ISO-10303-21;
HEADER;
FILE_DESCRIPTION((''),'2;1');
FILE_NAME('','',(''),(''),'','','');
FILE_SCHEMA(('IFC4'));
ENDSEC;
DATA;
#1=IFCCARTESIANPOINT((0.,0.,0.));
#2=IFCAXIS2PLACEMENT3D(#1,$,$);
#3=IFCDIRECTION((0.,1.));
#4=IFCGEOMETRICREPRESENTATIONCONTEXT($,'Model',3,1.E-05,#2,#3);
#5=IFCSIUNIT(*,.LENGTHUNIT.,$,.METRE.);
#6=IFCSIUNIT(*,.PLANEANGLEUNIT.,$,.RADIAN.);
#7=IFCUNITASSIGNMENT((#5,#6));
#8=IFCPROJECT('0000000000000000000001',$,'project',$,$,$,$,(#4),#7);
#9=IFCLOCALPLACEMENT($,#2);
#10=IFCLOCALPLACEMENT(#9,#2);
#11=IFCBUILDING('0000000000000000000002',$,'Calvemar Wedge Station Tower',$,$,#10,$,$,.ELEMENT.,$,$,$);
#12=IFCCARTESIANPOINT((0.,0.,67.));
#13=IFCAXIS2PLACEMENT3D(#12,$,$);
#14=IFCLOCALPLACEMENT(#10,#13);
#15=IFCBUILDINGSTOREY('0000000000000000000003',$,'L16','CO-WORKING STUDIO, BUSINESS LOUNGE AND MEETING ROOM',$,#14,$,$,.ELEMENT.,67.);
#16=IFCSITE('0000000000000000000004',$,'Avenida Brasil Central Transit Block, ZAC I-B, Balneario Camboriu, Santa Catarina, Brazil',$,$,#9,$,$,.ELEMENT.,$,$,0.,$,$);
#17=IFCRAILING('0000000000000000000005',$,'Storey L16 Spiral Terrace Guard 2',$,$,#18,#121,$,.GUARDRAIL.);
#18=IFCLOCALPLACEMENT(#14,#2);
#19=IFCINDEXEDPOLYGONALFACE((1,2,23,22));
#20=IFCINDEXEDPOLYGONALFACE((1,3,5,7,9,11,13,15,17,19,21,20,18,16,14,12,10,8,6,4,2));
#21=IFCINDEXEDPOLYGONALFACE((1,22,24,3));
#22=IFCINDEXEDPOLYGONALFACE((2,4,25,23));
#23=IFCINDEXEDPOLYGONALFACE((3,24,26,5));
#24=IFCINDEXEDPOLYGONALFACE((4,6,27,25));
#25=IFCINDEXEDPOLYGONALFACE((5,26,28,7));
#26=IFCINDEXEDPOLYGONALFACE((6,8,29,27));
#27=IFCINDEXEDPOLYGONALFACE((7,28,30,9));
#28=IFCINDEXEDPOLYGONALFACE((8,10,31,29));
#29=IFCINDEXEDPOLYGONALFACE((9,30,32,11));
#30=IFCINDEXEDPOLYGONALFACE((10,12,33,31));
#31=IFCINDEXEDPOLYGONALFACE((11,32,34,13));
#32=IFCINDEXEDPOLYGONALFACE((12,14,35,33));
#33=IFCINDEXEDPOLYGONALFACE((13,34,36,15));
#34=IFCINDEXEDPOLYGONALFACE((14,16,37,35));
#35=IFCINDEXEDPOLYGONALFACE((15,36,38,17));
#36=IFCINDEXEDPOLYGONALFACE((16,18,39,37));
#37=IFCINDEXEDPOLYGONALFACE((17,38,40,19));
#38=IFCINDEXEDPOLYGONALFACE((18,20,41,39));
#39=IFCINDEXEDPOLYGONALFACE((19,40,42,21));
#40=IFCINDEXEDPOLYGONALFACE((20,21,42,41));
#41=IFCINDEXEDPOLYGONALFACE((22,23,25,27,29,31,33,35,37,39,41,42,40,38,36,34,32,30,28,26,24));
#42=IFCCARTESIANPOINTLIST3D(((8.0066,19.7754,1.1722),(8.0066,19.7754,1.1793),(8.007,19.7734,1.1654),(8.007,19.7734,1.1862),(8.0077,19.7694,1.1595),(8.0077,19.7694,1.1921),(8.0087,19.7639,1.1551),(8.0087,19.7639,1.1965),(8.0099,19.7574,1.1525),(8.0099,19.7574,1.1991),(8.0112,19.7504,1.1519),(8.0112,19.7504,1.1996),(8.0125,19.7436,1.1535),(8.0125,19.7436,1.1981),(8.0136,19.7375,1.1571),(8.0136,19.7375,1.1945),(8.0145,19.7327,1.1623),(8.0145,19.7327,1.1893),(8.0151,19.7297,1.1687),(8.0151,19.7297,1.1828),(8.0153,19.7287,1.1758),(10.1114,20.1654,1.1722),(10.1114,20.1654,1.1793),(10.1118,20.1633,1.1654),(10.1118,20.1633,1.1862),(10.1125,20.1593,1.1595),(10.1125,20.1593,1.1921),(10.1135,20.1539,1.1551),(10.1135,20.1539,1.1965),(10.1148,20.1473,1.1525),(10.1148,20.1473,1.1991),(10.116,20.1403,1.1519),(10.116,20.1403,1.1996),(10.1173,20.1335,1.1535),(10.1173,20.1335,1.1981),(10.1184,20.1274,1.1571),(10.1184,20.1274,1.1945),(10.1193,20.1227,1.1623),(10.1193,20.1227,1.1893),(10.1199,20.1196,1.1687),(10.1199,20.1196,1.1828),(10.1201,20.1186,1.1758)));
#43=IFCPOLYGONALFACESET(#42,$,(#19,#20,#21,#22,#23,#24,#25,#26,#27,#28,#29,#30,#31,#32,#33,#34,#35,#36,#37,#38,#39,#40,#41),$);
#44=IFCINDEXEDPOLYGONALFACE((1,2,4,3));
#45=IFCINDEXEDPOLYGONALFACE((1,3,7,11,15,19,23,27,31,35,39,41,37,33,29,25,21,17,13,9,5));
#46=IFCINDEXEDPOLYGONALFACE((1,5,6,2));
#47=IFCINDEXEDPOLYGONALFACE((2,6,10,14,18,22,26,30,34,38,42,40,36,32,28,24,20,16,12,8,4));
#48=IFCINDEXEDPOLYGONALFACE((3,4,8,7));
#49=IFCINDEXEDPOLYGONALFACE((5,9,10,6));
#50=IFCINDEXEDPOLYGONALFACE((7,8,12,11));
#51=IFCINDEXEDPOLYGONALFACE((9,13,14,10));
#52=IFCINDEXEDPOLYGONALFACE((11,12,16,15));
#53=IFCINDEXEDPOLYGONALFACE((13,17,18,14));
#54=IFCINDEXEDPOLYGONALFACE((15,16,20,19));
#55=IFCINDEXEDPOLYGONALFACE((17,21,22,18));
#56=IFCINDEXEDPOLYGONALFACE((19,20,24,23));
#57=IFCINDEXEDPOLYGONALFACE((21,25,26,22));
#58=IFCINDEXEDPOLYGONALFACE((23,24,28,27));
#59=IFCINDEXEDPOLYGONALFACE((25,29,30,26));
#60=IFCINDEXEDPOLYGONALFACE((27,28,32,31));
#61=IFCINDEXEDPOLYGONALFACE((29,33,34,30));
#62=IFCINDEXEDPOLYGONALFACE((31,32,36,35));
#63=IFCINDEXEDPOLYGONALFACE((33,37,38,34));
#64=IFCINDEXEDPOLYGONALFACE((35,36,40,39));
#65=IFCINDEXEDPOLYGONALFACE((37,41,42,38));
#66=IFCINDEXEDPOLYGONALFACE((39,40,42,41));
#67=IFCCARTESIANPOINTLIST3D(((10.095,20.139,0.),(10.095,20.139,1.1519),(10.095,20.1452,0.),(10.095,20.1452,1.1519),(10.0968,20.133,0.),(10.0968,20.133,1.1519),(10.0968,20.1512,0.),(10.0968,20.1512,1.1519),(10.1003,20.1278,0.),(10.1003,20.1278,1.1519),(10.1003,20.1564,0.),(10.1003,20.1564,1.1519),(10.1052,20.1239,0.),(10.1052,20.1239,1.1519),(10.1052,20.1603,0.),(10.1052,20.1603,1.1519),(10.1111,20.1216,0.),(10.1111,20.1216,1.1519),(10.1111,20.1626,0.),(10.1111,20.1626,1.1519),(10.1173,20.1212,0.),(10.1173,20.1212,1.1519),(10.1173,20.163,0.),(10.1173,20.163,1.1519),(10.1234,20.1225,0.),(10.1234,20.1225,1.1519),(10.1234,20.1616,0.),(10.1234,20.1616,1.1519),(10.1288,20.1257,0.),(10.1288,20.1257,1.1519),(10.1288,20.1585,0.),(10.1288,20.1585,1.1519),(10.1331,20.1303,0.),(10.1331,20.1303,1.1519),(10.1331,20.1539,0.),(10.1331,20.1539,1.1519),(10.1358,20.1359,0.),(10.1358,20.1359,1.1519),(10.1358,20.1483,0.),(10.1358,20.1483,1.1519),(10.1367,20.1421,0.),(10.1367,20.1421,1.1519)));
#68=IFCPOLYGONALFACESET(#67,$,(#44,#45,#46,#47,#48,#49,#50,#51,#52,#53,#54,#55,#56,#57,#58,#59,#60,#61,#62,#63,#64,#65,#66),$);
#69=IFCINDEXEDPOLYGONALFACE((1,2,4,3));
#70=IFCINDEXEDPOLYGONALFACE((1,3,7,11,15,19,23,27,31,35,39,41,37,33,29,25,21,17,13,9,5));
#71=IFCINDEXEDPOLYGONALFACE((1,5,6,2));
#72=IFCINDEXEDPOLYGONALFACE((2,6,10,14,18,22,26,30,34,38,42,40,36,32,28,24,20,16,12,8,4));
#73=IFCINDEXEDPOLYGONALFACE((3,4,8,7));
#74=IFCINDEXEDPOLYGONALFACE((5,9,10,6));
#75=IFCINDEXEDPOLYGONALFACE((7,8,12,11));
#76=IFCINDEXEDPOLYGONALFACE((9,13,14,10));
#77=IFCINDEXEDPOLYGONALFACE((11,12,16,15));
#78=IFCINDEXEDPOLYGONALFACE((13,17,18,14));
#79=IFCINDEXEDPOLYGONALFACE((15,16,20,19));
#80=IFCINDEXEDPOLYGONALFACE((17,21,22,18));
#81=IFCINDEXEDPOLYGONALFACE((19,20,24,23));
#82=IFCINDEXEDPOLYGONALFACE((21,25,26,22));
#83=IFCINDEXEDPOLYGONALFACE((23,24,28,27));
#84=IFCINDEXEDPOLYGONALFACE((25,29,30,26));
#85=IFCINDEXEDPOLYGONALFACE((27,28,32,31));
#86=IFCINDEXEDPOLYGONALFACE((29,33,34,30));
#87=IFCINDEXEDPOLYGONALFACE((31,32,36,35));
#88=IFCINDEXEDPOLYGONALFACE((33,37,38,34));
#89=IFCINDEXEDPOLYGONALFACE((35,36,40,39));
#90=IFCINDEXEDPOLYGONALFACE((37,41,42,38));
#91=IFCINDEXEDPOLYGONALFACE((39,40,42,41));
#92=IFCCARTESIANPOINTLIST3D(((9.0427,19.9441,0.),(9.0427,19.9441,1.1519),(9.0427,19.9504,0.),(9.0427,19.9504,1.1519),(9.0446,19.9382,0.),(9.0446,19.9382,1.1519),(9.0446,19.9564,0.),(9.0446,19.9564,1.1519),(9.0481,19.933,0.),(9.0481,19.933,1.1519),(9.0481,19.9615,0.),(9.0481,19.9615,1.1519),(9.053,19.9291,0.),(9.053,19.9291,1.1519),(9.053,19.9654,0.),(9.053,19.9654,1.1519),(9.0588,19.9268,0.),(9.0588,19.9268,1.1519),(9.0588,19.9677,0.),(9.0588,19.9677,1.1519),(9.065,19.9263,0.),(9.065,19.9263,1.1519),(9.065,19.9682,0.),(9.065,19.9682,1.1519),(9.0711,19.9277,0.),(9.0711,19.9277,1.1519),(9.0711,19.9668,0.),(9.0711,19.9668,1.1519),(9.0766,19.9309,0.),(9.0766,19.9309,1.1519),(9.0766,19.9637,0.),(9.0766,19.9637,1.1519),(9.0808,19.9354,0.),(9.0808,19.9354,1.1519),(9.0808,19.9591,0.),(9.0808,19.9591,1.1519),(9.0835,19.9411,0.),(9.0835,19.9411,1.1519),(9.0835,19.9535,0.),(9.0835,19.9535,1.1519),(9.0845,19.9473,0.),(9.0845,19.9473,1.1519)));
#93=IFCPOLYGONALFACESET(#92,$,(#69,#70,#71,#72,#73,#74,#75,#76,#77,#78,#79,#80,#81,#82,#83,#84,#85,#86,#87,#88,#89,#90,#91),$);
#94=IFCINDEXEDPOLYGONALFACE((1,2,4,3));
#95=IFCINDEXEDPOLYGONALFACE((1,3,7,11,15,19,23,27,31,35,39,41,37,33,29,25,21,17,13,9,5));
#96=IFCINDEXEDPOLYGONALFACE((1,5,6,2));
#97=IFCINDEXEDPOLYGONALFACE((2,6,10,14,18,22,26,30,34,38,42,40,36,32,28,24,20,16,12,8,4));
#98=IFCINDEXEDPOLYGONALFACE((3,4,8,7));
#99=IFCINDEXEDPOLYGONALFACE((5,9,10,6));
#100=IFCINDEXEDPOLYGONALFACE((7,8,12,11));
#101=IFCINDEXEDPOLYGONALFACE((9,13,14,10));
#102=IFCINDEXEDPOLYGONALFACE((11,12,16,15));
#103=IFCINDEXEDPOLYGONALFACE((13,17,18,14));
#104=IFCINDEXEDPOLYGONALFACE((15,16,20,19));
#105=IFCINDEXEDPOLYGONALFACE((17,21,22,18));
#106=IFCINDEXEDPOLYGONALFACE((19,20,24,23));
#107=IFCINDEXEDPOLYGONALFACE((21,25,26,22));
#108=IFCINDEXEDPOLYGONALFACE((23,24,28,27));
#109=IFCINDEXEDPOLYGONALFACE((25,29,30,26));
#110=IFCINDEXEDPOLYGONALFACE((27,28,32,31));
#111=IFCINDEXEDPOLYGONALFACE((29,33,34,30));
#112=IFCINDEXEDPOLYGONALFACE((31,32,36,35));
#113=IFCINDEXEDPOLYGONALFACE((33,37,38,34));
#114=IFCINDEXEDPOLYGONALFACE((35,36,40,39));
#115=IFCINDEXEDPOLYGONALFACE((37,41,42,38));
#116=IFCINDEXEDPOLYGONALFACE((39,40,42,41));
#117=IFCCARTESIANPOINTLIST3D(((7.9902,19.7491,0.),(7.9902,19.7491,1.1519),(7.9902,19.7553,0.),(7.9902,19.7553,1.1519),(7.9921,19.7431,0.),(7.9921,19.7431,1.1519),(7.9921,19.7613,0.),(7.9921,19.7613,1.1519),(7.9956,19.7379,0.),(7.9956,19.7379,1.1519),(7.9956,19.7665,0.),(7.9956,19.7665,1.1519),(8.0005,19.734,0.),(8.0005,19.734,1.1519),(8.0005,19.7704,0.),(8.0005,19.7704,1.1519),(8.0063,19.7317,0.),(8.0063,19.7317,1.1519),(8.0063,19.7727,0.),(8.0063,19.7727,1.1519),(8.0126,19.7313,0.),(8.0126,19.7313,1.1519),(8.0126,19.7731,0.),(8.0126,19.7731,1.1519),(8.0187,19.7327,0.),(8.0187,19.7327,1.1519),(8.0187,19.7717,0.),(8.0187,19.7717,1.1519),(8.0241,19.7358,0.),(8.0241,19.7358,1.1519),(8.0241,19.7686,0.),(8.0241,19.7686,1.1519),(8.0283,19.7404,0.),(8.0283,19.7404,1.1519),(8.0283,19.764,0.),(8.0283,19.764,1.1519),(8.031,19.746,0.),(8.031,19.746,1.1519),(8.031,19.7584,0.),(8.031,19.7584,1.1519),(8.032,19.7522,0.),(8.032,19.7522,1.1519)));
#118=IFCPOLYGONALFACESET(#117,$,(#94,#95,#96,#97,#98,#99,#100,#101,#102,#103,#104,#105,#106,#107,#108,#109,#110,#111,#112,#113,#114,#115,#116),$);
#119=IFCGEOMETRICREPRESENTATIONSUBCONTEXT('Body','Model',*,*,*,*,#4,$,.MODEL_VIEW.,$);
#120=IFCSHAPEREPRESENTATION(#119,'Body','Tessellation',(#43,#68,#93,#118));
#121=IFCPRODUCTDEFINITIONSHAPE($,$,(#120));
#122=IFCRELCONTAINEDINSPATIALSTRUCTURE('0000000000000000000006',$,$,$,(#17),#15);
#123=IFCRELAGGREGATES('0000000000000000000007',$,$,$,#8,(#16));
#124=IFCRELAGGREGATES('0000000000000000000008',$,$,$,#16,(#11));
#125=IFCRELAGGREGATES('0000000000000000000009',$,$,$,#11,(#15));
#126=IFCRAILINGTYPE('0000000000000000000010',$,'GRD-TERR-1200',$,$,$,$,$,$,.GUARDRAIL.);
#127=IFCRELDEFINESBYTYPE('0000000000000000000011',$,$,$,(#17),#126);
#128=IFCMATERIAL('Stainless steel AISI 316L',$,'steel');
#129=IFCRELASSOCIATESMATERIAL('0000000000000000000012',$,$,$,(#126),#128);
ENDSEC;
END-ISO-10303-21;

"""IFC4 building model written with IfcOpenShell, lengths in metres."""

from ifc_helpers import new_model, si_unit, direction, frame, origin, origin_2d, place, context, subcontext, project, spatial, circle, extrude, material, type_object, element, save


model = new_model("IFC4")

# Units and contexts
model_context = context("Model", 3, precision=1e-05, world=origin(), true_north=direction((0.0, 1.0)))
body_context = subcontext(model_context, "Body", "Model", "MODEL_VIEW")
ifc_project = project(units=[si_unit("LENGTHUNIT", "METRE"), si_unit("PLANEANGLEUNIT", "RADIAN")], contexts=[model_context])

# Site, building, storey
site_placement = place(None, origin())
site = spatial("IfcSite", under=ifc_project, at=site_placement, Name="Avenida Brasil Central Transit Block, ZAC I-B, Balneario Camboriu, Santa Catarina, Brazil", CompositionType="ELEMENT", RefElevation=0.0)
building_placement = place(site_placement, origin())
building = spatial("IfcBuilding", under=site, at=building_placement, Name="Calvemar Wedge Station Tower", CompositionType="ELEMENT")
storey_placement = place(building_placement, frame((0.0, 0.0, 67.0)))
storey = spatial("IfcBuildingStorey", under=building, at=storey_placement, Name="L16", Description="CO-WORKING STUDIO, BUSINESS LOUNGE AND MEETING ROOM", CompositionType="ELEMENT", Elevation=67.0)

# Railing
ifc_material_1 = material(Name="Stainless steel AISI 316L", Category="steel")
railing_type = type_object("IfcRailingType", Name="GRD-TERR-1200", PredefinedType="GUARDRAIL", material=ifc_material_1)
railing_1_placement = place(storey_placement, frame((10.1157, 20.1421, 0.0)))
element("IfcRailing", 1, at=railing_1_placement, inside=storey, type_object=railing_type, Name="Storey L16 Spiral Terrace Guard 2", PredefinedType="GUARDRAIL", context=body_context, shape_type="SweptSolid", body=[
    extrude(circle(Radius=0.0239, at=origin_2d()), frame((0.0, 0.0, 1.1758), z_axis=(-0.983271, -0.182146, 0.0), x_axis=(0.182146, -0.983271, 0.0)), (0.0, 0.0, 1.0), 2.1406),
    extrude(circle(Radius=0.021, at=origin_2d()), origin(), (0.0, 0.0, 1.0), 1.1519),
    extrude(circle(Radius=0.021, at=origin_2d()), frame((-1.0522, -0.1948, 0.0)), (0.0, 0.0, 1.0), 1.1519),
    extrude(circle(Radius=0.021, at=origin_2d()), frame((-2.1047, -0.3899, 0.0)), (0.0, 0.0, 1.0), 1.1519),
])

save(model, "model.ifc")
